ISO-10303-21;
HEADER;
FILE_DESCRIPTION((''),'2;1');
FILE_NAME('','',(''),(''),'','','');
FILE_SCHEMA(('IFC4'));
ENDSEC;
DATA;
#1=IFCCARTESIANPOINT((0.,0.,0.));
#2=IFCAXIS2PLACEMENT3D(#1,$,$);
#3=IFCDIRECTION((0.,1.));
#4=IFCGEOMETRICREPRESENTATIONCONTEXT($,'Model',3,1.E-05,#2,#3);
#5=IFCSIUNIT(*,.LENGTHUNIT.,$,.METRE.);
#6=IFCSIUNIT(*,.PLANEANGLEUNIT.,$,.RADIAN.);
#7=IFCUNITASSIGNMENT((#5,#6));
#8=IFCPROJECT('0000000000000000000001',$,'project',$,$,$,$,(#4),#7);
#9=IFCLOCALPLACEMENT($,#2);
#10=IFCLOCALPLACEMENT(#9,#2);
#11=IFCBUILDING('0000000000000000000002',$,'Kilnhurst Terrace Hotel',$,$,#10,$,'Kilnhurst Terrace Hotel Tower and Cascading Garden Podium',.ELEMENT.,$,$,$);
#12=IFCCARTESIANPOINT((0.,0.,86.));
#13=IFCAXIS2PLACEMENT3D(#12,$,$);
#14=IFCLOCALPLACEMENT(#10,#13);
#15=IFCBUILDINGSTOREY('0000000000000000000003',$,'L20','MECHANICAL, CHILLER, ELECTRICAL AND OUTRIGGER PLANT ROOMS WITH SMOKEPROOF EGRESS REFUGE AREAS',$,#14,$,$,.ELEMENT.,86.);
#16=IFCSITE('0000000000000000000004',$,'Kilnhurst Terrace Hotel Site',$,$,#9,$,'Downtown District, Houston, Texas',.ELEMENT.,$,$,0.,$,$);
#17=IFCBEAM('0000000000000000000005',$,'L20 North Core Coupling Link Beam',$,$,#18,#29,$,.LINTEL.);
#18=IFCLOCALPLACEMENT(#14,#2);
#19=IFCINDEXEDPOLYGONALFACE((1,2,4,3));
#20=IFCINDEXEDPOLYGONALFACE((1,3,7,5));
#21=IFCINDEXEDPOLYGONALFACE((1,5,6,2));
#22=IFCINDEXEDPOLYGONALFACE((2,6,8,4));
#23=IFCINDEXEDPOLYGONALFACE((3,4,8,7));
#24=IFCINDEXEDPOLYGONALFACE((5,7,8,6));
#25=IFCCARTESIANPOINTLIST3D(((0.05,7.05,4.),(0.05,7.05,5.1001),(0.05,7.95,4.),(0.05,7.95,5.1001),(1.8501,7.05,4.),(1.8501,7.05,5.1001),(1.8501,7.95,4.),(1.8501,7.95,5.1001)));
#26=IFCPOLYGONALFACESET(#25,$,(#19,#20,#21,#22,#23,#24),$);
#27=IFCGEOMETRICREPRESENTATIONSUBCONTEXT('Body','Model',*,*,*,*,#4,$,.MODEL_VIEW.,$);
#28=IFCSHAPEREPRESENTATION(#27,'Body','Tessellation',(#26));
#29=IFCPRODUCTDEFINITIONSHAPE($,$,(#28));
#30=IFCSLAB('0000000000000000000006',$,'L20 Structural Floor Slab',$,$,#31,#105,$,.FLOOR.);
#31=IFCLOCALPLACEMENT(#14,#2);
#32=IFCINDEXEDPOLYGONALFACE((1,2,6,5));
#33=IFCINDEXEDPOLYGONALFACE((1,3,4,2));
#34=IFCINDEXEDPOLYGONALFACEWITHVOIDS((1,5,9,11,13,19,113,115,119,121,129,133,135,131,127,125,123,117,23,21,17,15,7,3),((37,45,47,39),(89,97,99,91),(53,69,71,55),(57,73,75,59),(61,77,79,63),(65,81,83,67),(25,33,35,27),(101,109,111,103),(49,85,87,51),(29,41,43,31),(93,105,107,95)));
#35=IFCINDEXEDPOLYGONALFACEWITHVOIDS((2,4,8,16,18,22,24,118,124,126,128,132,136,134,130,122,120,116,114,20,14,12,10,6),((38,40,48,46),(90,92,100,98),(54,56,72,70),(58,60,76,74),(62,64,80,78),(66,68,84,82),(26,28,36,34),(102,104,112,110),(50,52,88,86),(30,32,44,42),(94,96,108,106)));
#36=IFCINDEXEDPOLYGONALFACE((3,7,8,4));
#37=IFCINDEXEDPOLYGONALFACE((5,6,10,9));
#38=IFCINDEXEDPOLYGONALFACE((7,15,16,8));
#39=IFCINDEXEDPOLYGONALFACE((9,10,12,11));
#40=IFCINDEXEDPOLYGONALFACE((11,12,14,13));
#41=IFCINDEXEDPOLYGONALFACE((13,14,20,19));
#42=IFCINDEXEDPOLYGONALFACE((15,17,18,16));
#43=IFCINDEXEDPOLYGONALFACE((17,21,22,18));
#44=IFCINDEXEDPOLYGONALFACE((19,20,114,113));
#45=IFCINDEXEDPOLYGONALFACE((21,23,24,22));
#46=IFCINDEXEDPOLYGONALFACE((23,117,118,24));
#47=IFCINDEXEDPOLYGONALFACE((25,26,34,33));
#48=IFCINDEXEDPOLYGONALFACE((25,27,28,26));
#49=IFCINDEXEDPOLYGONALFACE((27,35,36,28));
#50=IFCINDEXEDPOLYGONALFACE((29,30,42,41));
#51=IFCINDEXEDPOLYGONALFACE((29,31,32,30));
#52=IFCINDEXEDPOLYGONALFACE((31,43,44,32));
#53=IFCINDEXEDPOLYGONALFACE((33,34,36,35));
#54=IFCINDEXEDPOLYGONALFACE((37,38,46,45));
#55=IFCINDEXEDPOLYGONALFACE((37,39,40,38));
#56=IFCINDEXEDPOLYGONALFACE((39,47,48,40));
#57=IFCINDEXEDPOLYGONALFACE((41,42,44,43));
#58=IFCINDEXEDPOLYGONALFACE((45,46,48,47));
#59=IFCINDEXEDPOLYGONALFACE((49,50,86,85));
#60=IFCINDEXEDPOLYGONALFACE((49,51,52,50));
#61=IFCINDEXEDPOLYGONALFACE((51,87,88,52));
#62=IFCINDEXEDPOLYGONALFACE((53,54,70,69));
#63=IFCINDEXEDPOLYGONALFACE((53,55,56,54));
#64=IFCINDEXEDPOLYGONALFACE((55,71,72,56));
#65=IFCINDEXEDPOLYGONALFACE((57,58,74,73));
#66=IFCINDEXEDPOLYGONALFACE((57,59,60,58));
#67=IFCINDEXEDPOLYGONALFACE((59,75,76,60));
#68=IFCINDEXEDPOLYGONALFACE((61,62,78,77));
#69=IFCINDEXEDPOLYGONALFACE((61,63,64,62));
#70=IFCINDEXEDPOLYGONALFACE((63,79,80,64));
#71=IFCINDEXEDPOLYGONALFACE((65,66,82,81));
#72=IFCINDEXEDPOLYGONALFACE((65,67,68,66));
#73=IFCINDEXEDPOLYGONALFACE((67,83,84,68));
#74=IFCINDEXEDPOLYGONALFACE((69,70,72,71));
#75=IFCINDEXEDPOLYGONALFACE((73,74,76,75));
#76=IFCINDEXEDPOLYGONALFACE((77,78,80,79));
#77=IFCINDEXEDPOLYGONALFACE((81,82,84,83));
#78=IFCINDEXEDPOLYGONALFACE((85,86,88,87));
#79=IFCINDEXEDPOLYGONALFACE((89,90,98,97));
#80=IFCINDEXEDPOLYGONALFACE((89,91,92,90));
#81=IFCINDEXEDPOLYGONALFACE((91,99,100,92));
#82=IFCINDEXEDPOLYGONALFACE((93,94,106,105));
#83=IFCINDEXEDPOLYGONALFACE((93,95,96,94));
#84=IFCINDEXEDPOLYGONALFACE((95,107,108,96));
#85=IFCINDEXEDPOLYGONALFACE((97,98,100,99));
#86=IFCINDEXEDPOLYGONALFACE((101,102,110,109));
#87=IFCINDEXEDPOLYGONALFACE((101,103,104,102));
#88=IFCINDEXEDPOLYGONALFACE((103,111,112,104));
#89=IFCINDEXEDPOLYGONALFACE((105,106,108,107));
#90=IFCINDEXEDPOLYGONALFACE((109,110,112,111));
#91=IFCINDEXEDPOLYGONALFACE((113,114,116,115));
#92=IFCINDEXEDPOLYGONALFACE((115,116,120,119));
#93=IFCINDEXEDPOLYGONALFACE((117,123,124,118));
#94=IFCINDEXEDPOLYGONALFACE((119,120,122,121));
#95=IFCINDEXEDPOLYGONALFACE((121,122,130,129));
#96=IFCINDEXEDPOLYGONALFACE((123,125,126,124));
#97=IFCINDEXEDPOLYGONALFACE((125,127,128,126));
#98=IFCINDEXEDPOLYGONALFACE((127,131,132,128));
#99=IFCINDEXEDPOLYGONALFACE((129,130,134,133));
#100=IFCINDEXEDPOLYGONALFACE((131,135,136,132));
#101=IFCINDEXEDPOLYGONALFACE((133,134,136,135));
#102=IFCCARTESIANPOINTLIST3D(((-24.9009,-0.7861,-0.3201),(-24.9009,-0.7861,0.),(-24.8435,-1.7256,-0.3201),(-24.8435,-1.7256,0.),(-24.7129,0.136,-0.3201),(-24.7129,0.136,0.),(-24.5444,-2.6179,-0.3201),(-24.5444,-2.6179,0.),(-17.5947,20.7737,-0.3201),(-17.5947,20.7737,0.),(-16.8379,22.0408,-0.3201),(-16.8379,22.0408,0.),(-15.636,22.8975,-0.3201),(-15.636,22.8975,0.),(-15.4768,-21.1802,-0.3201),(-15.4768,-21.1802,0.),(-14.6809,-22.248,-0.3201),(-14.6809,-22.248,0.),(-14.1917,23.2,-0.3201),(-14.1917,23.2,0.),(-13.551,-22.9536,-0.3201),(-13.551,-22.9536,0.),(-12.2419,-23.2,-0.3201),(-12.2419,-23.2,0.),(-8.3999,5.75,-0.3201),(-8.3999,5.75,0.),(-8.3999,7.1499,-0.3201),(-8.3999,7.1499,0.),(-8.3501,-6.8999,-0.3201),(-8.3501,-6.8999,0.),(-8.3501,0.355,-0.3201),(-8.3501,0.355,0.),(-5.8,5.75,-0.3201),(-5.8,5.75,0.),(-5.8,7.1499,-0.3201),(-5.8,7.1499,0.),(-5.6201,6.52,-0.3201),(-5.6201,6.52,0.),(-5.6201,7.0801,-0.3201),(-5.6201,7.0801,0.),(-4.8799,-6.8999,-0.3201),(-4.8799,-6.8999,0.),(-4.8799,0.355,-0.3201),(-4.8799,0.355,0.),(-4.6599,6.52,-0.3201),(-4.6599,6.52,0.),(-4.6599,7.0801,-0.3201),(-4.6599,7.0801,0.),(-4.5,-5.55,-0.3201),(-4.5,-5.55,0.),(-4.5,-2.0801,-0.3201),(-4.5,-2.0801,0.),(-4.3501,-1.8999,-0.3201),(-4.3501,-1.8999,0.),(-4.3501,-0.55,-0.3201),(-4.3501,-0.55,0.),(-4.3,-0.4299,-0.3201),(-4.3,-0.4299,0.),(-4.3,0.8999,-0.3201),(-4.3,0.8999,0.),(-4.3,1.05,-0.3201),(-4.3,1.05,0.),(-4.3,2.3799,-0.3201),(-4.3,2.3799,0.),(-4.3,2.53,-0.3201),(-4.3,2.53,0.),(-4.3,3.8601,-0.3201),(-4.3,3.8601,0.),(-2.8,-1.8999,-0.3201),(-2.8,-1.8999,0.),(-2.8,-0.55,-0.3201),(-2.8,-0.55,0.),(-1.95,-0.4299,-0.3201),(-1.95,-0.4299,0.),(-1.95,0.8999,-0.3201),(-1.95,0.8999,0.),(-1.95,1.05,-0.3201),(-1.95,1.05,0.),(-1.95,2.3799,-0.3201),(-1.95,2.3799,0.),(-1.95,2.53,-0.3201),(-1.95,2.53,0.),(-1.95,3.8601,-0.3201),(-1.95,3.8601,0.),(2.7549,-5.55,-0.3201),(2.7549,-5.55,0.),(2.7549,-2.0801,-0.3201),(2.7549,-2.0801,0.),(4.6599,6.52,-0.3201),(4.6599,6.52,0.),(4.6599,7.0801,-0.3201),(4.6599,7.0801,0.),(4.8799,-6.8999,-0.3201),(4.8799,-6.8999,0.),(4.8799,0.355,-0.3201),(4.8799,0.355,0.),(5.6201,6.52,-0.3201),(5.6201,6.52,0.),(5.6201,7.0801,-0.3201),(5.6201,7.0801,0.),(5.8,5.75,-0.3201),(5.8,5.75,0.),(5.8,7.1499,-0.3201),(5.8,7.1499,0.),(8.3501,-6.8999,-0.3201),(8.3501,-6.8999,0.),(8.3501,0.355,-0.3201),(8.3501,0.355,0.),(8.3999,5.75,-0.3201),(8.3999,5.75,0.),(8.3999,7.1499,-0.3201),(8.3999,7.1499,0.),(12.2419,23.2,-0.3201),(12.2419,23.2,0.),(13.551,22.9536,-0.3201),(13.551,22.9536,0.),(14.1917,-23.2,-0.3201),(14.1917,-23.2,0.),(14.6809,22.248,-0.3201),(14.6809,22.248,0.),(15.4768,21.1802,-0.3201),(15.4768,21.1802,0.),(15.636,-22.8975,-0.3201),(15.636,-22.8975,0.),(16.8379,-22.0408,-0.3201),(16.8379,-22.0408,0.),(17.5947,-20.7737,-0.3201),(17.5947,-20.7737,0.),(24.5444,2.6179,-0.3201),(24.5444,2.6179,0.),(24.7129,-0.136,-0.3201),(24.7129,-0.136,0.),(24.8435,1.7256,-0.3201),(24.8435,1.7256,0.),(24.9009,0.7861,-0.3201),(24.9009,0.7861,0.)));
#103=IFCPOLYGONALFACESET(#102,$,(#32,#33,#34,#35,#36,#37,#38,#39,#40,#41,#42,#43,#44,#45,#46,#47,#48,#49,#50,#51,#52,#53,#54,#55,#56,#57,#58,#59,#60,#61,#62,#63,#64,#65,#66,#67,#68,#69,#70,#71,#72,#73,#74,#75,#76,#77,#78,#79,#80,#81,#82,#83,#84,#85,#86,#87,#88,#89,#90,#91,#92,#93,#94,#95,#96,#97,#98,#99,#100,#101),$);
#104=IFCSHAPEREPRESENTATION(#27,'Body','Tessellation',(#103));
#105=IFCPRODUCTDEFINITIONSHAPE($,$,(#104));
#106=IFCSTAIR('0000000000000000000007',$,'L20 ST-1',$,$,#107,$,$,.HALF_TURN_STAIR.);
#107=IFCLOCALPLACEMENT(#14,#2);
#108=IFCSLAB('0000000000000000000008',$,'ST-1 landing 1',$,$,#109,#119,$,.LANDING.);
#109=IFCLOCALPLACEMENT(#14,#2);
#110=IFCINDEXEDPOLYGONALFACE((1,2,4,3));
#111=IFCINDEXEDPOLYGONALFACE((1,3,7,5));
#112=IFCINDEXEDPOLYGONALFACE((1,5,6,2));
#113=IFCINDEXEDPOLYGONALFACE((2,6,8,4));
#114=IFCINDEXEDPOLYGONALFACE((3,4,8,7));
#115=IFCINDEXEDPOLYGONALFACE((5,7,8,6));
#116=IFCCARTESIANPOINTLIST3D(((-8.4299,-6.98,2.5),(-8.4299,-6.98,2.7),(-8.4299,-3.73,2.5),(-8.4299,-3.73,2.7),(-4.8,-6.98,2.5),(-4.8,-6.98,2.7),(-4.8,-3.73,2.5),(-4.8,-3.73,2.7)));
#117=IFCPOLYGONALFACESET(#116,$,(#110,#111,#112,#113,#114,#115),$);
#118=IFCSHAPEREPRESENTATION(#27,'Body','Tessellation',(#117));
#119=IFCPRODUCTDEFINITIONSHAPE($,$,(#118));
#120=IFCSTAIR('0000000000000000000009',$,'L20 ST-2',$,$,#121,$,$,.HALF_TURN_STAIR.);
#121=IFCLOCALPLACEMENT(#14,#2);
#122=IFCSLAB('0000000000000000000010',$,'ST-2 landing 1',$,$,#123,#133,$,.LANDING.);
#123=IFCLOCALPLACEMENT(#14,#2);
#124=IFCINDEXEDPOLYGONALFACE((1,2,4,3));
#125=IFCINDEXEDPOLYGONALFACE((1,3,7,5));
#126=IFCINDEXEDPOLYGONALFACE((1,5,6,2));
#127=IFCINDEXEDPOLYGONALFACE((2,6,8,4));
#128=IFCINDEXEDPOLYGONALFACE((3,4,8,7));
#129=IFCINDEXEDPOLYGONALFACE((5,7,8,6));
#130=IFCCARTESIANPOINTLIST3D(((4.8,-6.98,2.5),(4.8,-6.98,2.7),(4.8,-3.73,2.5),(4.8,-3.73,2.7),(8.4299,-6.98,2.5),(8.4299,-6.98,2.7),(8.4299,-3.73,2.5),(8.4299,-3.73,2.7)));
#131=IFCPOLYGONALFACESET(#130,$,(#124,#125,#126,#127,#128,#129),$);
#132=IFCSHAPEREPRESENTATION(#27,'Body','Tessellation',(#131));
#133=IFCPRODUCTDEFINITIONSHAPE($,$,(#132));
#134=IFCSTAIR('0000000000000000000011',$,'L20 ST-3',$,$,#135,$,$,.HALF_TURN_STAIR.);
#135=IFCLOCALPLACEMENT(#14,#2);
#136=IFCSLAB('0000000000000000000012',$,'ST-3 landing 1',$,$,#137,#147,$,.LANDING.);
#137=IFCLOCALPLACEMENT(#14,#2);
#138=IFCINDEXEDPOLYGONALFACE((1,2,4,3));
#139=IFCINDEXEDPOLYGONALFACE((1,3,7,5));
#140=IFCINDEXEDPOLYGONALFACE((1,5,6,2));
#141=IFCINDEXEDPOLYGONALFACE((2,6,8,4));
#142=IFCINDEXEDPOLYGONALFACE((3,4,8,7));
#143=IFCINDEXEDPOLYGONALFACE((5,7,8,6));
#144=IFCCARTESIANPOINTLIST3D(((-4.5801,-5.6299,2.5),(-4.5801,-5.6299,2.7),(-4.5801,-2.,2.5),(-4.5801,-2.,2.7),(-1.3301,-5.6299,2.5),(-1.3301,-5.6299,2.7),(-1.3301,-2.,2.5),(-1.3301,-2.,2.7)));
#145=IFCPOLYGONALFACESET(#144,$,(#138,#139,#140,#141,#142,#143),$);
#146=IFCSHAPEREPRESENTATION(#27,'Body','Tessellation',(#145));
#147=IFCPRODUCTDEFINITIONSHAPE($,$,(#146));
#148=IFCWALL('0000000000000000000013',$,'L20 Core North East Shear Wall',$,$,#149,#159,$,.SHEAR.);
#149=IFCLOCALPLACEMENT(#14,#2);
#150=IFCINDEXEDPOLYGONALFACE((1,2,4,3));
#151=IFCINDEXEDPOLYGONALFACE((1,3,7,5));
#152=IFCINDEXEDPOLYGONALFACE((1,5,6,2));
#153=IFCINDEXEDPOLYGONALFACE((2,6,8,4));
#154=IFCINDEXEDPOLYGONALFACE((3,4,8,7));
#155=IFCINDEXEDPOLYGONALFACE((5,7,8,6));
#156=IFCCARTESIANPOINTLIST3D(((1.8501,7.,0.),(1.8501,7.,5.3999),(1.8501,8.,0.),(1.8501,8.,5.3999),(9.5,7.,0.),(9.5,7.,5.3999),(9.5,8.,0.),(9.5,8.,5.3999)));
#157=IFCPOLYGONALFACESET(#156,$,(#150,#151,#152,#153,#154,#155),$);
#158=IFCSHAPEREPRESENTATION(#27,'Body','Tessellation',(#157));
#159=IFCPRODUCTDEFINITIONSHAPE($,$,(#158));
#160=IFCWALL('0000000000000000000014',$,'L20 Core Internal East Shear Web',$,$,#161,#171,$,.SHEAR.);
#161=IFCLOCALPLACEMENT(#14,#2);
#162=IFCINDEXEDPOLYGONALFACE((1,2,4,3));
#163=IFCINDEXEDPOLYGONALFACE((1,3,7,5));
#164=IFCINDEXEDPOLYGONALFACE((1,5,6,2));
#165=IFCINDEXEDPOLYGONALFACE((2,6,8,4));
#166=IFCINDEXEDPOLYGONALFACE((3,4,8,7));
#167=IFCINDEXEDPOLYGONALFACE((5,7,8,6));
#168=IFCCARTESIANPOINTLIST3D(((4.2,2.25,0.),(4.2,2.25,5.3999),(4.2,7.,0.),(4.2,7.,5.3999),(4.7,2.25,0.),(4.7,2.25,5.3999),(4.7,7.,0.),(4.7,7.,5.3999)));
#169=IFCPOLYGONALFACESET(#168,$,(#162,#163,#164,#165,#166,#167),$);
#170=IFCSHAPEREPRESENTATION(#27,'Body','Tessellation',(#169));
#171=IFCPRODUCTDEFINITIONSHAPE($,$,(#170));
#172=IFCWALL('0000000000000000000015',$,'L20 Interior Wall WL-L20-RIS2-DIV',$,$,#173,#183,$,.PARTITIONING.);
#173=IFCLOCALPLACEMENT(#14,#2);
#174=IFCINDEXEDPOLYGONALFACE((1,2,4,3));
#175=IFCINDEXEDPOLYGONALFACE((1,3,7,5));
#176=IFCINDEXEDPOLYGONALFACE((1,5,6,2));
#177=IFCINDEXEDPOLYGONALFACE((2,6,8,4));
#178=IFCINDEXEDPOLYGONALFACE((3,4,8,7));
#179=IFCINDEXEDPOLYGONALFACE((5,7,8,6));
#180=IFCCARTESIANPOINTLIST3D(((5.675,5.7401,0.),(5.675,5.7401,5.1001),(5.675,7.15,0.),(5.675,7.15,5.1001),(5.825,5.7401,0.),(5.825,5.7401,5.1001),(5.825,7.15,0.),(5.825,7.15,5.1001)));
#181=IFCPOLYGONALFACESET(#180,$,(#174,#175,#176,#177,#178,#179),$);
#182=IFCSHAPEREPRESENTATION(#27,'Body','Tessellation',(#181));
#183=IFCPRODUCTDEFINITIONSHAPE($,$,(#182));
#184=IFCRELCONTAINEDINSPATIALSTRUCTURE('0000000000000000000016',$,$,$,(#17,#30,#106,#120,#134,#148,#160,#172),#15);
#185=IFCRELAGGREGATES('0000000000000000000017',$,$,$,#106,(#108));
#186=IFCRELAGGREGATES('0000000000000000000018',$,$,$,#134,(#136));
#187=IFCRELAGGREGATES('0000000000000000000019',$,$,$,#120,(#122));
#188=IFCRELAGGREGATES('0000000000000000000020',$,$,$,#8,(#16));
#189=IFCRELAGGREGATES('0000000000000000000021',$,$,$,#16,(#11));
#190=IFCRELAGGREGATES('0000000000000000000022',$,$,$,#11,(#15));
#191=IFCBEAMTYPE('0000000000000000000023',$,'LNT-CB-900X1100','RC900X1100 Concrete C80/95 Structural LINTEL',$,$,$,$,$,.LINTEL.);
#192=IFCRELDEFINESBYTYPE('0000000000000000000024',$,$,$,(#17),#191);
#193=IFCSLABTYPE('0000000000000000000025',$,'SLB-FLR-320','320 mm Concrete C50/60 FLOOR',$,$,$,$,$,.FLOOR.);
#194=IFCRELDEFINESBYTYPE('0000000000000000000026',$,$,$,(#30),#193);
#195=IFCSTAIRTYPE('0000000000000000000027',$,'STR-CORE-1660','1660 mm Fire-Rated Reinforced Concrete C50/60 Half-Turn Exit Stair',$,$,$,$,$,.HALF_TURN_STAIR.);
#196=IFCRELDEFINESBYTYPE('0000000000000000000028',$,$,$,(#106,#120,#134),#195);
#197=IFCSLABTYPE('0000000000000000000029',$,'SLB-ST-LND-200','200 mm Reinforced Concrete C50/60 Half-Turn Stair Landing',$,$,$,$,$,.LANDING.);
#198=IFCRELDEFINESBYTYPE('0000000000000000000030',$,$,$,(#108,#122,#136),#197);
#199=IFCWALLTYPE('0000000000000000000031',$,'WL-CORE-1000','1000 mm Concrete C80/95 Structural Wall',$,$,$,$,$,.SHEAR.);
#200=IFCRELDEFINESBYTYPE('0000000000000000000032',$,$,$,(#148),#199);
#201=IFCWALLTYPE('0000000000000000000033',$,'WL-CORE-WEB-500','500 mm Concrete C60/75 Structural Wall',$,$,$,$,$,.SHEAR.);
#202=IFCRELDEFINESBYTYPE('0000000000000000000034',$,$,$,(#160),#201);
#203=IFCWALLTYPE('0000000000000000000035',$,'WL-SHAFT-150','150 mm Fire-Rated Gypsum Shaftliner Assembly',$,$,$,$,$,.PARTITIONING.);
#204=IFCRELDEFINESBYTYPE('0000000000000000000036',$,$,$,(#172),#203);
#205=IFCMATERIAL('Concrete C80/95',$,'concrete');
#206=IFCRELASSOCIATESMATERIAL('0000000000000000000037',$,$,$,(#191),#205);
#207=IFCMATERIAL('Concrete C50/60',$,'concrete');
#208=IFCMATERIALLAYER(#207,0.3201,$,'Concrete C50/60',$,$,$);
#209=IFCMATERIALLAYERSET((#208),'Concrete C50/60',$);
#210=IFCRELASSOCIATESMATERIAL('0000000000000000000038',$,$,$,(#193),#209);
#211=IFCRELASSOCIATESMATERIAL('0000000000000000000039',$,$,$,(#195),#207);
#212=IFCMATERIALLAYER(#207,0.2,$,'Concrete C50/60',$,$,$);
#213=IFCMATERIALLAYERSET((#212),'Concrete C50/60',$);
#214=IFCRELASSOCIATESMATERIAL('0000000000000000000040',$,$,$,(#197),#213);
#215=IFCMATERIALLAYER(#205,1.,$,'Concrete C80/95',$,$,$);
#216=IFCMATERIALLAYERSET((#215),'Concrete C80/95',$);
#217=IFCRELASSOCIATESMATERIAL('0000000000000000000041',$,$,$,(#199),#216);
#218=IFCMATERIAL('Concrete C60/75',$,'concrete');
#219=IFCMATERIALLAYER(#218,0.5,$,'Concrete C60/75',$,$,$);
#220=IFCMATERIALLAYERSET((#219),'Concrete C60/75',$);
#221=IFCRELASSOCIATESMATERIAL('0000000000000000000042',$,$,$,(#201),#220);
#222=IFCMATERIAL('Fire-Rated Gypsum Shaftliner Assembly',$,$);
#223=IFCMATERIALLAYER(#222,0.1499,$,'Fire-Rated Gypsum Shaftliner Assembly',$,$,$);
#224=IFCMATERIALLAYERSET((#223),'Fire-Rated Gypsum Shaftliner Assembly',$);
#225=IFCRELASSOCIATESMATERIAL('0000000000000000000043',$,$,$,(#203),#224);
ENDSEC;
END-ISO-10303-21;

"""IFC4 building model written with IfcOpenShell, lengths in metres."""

from ifc_helpers import new_model, si_unit, direction, frame, frame_2d, origin, origin_2d, place, context, subcontext, project, spatial, polyline, rectangle, outline, extrude, material, layer, layer_set, material_profile, profile_set, type_object, element, aggregate, save


model = new_model("IFC4")

# Units and contexts
model_context = context("Model", 3, precision=1e-05, world=origin(), true_north=direction((0.0, 1.0)))
body_context = subcontext(model_context, "Body", "Model", "MODEL_VIEW")
ifc_project = project(units=[si_unit("LENGTHUNIT", "METRE"), si_unit("PLANEANGLEUNIT", "RADIAN")], contexts=[model_context])

# Site, building, storey
site_placement = place(None, origin())
site = spatial("IfcSite", under=ifc_project, at=site_placement, Name="Kilnhurst Terrace Hotel Site", LongName="Downtown District, Houston, Texas", CompositionType="ELEMENT", RefElevation=0.0)
building_placement = place(site_placement, origin())
building = spatial("IfcBuilding", under=site, at=building_placement, Name="Kilnhurst Terrace Hotel", LongName="Kilnhurst Terrace Hotel Tower and Cascading Garden Podium", CompositionType="ELEMENT")
storey_placement = place(building_placement, frame((0.0, 0.0, 86.0)))
storey = spatial("IfcBuildingStorey", under=building, at=storey_placement, Name="L20", Description="MECHANICAL, CHILLER, ELECTRICAL AND OUTRIGGER PLANT ROOMS WITH SMOKEPROOF EGRESS REFUGE AREAS", CompositionType="ELEMENT", Elevation=86.0)

# Beam
ifc_material_1 = material(Name="Concrete C80/95", Category="concrete")
ifc_material_profile = material_profile(ifc_material_1, rectangle(XDim=0.8999, YDim=1.1001, at=origin_2d()), Name="RC900X1100")
ifc_profile_set = profile_set([ifc_material_profile], Name="Concrete C80/95")
beam_type = type_object("IfcBeamType", Name="LNT-CB-900X1100", Description="RC900X1100 Concrete C80/95 Structural LINTEL", PredefinedType="LINTEL", material=ifc_profile_set)
beam_placement = place(storey_placement, frame((0.05, 7.5, 4.55), z_axis=(1.0, 0.0, 0.0), x_axis=(0.0, 1.0, 0.0)))
element("IfcBeam", 1, at=beam_placement, inside=storey, type_object=beam_type, Name="L20 North Core Coupling Link Beam", PredefinedType="LINTEL", context=body_context, shape_type="SweptSolid", body=[
    extrude(rectangle(XDim=0.8999, YDim=1.1001, at=origin_2d()), origin(), (0.0, 0.0, 1.0), 1.8),
])

# Slab
ifc_material_2 = material(Name="Concrete C50/60", Category="concrete")
ifc_layer_1 = layer(ifc_material_2, 0.3201, Name="Concrete C50/60")
ifc_layer_set_1 = layer_set([ifc_layer_1], Name="Concrete C50/60")
slab_type_1 = type_object("IfcSlabType", Name="SLB-FLR-320", Description="320 mm Concrete C50/60 FLOOR", PredefinedType="FLOOR", material=ifc_layer_set_1)
slab_1_placement = place(storey_placement, frame((0.0, 0.0, -0.3201)))
element("IfcSlab", 2, at=slab_1_placement, inside=storey, type_object=slab_type_1, Name="L20 Structural Floor Slab", PredefinedType="FLOOR", context=body_context, shape_type="SweptSolid", body=[
    extrude(outline(polyline([(-15.4768, -21.1802), (-14.6809, -22.248), (-13.551, -22.9536), (-12.2419, -23.2), (14.1917, -23.2), (15.636, -22.8975), (16.8379, -22.0408), (17.5947, -20.7737), (24.7129, -0.136), (24.9009, 0.7861), (24.8435, 1.7256), (24.5444, 2.6179), (15.4768, 21.1802), (14.6809, 22.248), (13.551, 22.9536), (12.2419, 23.2), (-14.1917, 23.2), (-15.636, 22.8975), (-16.8379, 22.0408), (-17.5947, 20.7737), (-24.7129, 0.136), (-24.9009, -0.7861), (-24.8435, -1.7256), (-24.5444, -2.6179), (-15.4768, -21.1802)]), holes=[polyline([(-8.3501, 0.355), (-4.8799, 0.355), (-4.8799, -6.8999), (-8.3501, -6.8999), (-8.3501, 0.355)]), polyline([(-2.8, -1.8999), (-4.3501, -1.8999), (-4.3501, -0.55), (-2.8, -0.55), (-2.8, -1.8999)]), polyline([(-1.95, -0.4299), (-4.3, -0.4299), (-4.3, 0.8999), (-1.95, 0.8999), (-1.95, -0.4299)]), polyline([(-4.3, 1.05), (-4.3, 2.3799), (-1.95, 2.3799), (-1.95, 1.05), (-4.3, 1.05)]), polyline([(-8.3999, 5.75), (-8.3999, 7.1499), (-5.8, 7.1499), (-5.8, 5.75), (-8.3999, 5.75)]), polyline([(-4.6599, 6.52), (-5.6201, 6.52), (-5.6201, 7.0801), (-4.6599, 7.0801), (-4.6599, 6.52)]), polyline([(2.7549, -5.55), (-4.5, -5.55), (-4.5, -2.0801), (2.7549, -2.0801), (2.7549, -5.55)]), polyline([(8.3501, 0.355), (8.3501, -6.8999), (4.8799, -6.8999), (4.8799, 0.355), (8.3501, 0.355)]), polyline([(-1.95, 2.53), (-4.3, 2.53), (-4.3, 3.8601), (-1.95, 3.8601), (-1.95, 2.53)]), polyline([(5.8, 5.75), (5.8, 7.1499), (8.3999, 7.1499), (8.3999, 5.75), (5.8, 5.75)]), polyline([(4.6599, 6.52), (4.6599, 7.0801), (5.6201, 7.0801), (5.6201, 6.52), (4.6599, 6.52)])]), origin(), (0.0, 0.0, 1.0), 0.3201),
])

# Stairs, slabs
stair_type = type_object("IfcStairType", Name="STR-CORE-1660", Description="1660 mm Fire-Rated Reinforced Concrete C50/60 Half-Turn Exit Stair", PredefinedType="HALF_TURN_STAIR", material=ifc_material_2)
stair_1_placement = place(storey_placement, origin())
stair_1 = element("IfcStair", 3, at=stair_1_placement, inside=storey, type_object=stair_type, Name="L20 ST-1", PredefinedType="HALF_TURN_STAIR")
ifc_layer_2 = layer(ifc_material_2, 0.2, Name="Concrete C50/60")
ifc_layer_set_2 = layer_set([ifc_layer_2], Name="Concrete C50/60")
slab_type_2 = type_object("IfcSlabType", Name="SLB-ST-LND-200", Description="200 mm Reinforced Concrete C50/60 Half-Turn Stair Landing", PredefinedType="LANDING", material=ifc_layer_set_2)
slab_2_placement = place(storey_placement, frame((0.0, 0.0, 2.5)))
slab_2 = element("IfcSlab", 4, at=slab_2_placement, type_object=slab_type_2, Name="ST-1 landing 1", PredefinedType="LANDING", context=body_context, shape_type="SweptSolid", body=[
    extrude(outline(polyline([(-8.4299, -3.73), (-4.8, -3.73), (-4.8, -6.98), (-8.4299, -6.98), (-8.4299, -3.73)])), origin(), (0.0, 0.0, 1.0), 0.2),
])
aggregate(stair_1, [slab_2])
stair_2_placement = place(storey_placement, origin())
stair_2 = element("IfcStair", 5, at=stair_2_placement, inside=storey, type_object=stair_type, Name="L20 ST-2", PredefinedType="HALF_TURN_STAIR")
slab_3_placement = place(storey_placement, frame((0.0, 0.0, 2.5)))
slab_3 = element("IfcSlab", 6, at=slab_3_placement, type_object=slab_type_2, Name="ST-2 landing 1", PredefinedType="LANDING", context=body_context, shape_type="SweptSolid", body=[
    extrude(outline(polyline([(4.8, -3.73), (8.4299, -3.73), (8.4299, -6.98), (4.8, -6.98), (4.8, -3.73)])), origin(), (0.0, 0.0, 1.0), 0.2),
])
stair_3_placement = place(storey_placement, origin())
stair_3 = element("IfcStair", 7, at=stair_3_placement, inside=storey, type_object=stair_type, Name="L20 ST-3", PredefinedType="HALF_TURN_STAIR")
slab_4_placement = place(storey_placement, frame((0.0, 0.0, 2.5)))
slab_4 = element("IfcSlab", 8, at=slab_4_placement, type_object=slab_type_2, Name="ST-3 landing 1", PredefinedType="LANDING", context=body_context, shape_type="SweptSolid", body=[
    extrude(outline(polyline([(-1.3301, -2.0), (-1.3301, -5.6299), (-4.5801, -5.6299), (-4.5801, -2.0), (-1.3301, -2.0)])), origin(), (0.0, 0.0, 1.0), 0.2),
])
aggregate(stair_3, [slab_4])

# Walls
ifc_layer_3 = layer(ifc_material_1, 1.0, Name="Concrete C80/95")
ifc_layer_set_3 = layer_set([ifc_layer_3], Name="Concrete C80/95")
wall_type_1 = type_object("IfcWallType", Name="WL-CORE-1000", Description="1000 mm Concrete C80/95 Structural Wall", PredefinedType="SHEAR", material=ifc_layer_set_3)
wall_1_placement = place(storey_placement, frame((1.8501, 7.5, 0.0), z_axis=(0.0, 0.0, 1.0), x_axis=(1.0, 0.0, 0.0)))
element("IfcWall", 9, at=wall_1_placement, inside=storey, type_object=wall_type_1, Name="L20 Core North East Shear Wall", PredefinedType="SHEAR", context=body_context, shape_type="SweptSolid", body=[
    extrude(rectangle(XDim=7.6499, YDim=1.0, at=frame_2d((3.825, 0.0))), origin(), (0.0, 0.0, 1.0), 5.3999),
])
ifc_material_3 = material(Name="Concrete C60/75", Category="concrete")
ifc_layer_4 = layer(ifc_material_3, 0.5, Name="Concrete C60/75")
ifc_layer_set_4 = layer_set([ifc_layer_4], Name="Concrete C60/75")
wall_type_2 = type_object("IfcWallType", Name="WL-CORE-WEB-500", Description="500 mm Concrete C60/75 Structural Wall", PredefinedType="SHEAR", material=ifc_layer_set_4)
wall_2_placement = place(storey_placement, frame((4.45, 2.25, 0.0), z_axis=(0.0, 0.0, 1.0), x_axis=(0.0, 1.0, 0.0)))
element("IfcWall", 10, at=wall_2_placement, inside=storey, type_object=wall_type_2, Name="L20 Core Internal East Shear Web", PredefinedType="SHEAR", context=body_context, shape_type="SweptSolid", body=[
    extrude(rectangle(XDim=4.75, YDim=0.5, at=frame_2d((2.375, 0.0))), origin(), (0.0, 0.0, 1.0), 5.3999),
])
ifc_material_4 = material(Name="Fire-Rated Gypsum Shaftliner Assembly")
ifc_layer_5 = layer(ifc_material_4, 0.1499, Name="Fire-Rated Gypsum Shaftliner Assembly")
ifc_layer_set_5 = layer_set([ifc_layer_5], Name="Fire-Rated Gypsum Shaftliner Assembly")
wall_type_3 = type_object("IfcWallType", Name="WL-SHAFT-150", Description="150 mm Fire-Rated Gypsum Shaftliner Assembly", PredefinedType="PARTITIONING", material=ifc_layer_set_5)
wall_3_placement = place(storey_placement, frame((5.75, 5.74, 0.0), z_axis=(0.0, 0.0, 1.0), x_axis=(0.0, 1.0, 0.0)))
element("IfcWall", 11, at=wall_3_placement, inside=storey, type_object=wall_type_3, Name="L20 Interior Wall WL-L20-RIS2-DIV", PredefinedType="PARTITIONING", context=body_context, shape_type="SweptSolid", body=[
    extrude(rectangle(XDim=1.4099, YDim=0.1499, at=frame_2d((0.7051, 0.0))), origin(), (0.0, 0.0, 1.0), 5.1001),
])

aggregate(stair_2, [slab_3])

save(model, "model.ifc")
